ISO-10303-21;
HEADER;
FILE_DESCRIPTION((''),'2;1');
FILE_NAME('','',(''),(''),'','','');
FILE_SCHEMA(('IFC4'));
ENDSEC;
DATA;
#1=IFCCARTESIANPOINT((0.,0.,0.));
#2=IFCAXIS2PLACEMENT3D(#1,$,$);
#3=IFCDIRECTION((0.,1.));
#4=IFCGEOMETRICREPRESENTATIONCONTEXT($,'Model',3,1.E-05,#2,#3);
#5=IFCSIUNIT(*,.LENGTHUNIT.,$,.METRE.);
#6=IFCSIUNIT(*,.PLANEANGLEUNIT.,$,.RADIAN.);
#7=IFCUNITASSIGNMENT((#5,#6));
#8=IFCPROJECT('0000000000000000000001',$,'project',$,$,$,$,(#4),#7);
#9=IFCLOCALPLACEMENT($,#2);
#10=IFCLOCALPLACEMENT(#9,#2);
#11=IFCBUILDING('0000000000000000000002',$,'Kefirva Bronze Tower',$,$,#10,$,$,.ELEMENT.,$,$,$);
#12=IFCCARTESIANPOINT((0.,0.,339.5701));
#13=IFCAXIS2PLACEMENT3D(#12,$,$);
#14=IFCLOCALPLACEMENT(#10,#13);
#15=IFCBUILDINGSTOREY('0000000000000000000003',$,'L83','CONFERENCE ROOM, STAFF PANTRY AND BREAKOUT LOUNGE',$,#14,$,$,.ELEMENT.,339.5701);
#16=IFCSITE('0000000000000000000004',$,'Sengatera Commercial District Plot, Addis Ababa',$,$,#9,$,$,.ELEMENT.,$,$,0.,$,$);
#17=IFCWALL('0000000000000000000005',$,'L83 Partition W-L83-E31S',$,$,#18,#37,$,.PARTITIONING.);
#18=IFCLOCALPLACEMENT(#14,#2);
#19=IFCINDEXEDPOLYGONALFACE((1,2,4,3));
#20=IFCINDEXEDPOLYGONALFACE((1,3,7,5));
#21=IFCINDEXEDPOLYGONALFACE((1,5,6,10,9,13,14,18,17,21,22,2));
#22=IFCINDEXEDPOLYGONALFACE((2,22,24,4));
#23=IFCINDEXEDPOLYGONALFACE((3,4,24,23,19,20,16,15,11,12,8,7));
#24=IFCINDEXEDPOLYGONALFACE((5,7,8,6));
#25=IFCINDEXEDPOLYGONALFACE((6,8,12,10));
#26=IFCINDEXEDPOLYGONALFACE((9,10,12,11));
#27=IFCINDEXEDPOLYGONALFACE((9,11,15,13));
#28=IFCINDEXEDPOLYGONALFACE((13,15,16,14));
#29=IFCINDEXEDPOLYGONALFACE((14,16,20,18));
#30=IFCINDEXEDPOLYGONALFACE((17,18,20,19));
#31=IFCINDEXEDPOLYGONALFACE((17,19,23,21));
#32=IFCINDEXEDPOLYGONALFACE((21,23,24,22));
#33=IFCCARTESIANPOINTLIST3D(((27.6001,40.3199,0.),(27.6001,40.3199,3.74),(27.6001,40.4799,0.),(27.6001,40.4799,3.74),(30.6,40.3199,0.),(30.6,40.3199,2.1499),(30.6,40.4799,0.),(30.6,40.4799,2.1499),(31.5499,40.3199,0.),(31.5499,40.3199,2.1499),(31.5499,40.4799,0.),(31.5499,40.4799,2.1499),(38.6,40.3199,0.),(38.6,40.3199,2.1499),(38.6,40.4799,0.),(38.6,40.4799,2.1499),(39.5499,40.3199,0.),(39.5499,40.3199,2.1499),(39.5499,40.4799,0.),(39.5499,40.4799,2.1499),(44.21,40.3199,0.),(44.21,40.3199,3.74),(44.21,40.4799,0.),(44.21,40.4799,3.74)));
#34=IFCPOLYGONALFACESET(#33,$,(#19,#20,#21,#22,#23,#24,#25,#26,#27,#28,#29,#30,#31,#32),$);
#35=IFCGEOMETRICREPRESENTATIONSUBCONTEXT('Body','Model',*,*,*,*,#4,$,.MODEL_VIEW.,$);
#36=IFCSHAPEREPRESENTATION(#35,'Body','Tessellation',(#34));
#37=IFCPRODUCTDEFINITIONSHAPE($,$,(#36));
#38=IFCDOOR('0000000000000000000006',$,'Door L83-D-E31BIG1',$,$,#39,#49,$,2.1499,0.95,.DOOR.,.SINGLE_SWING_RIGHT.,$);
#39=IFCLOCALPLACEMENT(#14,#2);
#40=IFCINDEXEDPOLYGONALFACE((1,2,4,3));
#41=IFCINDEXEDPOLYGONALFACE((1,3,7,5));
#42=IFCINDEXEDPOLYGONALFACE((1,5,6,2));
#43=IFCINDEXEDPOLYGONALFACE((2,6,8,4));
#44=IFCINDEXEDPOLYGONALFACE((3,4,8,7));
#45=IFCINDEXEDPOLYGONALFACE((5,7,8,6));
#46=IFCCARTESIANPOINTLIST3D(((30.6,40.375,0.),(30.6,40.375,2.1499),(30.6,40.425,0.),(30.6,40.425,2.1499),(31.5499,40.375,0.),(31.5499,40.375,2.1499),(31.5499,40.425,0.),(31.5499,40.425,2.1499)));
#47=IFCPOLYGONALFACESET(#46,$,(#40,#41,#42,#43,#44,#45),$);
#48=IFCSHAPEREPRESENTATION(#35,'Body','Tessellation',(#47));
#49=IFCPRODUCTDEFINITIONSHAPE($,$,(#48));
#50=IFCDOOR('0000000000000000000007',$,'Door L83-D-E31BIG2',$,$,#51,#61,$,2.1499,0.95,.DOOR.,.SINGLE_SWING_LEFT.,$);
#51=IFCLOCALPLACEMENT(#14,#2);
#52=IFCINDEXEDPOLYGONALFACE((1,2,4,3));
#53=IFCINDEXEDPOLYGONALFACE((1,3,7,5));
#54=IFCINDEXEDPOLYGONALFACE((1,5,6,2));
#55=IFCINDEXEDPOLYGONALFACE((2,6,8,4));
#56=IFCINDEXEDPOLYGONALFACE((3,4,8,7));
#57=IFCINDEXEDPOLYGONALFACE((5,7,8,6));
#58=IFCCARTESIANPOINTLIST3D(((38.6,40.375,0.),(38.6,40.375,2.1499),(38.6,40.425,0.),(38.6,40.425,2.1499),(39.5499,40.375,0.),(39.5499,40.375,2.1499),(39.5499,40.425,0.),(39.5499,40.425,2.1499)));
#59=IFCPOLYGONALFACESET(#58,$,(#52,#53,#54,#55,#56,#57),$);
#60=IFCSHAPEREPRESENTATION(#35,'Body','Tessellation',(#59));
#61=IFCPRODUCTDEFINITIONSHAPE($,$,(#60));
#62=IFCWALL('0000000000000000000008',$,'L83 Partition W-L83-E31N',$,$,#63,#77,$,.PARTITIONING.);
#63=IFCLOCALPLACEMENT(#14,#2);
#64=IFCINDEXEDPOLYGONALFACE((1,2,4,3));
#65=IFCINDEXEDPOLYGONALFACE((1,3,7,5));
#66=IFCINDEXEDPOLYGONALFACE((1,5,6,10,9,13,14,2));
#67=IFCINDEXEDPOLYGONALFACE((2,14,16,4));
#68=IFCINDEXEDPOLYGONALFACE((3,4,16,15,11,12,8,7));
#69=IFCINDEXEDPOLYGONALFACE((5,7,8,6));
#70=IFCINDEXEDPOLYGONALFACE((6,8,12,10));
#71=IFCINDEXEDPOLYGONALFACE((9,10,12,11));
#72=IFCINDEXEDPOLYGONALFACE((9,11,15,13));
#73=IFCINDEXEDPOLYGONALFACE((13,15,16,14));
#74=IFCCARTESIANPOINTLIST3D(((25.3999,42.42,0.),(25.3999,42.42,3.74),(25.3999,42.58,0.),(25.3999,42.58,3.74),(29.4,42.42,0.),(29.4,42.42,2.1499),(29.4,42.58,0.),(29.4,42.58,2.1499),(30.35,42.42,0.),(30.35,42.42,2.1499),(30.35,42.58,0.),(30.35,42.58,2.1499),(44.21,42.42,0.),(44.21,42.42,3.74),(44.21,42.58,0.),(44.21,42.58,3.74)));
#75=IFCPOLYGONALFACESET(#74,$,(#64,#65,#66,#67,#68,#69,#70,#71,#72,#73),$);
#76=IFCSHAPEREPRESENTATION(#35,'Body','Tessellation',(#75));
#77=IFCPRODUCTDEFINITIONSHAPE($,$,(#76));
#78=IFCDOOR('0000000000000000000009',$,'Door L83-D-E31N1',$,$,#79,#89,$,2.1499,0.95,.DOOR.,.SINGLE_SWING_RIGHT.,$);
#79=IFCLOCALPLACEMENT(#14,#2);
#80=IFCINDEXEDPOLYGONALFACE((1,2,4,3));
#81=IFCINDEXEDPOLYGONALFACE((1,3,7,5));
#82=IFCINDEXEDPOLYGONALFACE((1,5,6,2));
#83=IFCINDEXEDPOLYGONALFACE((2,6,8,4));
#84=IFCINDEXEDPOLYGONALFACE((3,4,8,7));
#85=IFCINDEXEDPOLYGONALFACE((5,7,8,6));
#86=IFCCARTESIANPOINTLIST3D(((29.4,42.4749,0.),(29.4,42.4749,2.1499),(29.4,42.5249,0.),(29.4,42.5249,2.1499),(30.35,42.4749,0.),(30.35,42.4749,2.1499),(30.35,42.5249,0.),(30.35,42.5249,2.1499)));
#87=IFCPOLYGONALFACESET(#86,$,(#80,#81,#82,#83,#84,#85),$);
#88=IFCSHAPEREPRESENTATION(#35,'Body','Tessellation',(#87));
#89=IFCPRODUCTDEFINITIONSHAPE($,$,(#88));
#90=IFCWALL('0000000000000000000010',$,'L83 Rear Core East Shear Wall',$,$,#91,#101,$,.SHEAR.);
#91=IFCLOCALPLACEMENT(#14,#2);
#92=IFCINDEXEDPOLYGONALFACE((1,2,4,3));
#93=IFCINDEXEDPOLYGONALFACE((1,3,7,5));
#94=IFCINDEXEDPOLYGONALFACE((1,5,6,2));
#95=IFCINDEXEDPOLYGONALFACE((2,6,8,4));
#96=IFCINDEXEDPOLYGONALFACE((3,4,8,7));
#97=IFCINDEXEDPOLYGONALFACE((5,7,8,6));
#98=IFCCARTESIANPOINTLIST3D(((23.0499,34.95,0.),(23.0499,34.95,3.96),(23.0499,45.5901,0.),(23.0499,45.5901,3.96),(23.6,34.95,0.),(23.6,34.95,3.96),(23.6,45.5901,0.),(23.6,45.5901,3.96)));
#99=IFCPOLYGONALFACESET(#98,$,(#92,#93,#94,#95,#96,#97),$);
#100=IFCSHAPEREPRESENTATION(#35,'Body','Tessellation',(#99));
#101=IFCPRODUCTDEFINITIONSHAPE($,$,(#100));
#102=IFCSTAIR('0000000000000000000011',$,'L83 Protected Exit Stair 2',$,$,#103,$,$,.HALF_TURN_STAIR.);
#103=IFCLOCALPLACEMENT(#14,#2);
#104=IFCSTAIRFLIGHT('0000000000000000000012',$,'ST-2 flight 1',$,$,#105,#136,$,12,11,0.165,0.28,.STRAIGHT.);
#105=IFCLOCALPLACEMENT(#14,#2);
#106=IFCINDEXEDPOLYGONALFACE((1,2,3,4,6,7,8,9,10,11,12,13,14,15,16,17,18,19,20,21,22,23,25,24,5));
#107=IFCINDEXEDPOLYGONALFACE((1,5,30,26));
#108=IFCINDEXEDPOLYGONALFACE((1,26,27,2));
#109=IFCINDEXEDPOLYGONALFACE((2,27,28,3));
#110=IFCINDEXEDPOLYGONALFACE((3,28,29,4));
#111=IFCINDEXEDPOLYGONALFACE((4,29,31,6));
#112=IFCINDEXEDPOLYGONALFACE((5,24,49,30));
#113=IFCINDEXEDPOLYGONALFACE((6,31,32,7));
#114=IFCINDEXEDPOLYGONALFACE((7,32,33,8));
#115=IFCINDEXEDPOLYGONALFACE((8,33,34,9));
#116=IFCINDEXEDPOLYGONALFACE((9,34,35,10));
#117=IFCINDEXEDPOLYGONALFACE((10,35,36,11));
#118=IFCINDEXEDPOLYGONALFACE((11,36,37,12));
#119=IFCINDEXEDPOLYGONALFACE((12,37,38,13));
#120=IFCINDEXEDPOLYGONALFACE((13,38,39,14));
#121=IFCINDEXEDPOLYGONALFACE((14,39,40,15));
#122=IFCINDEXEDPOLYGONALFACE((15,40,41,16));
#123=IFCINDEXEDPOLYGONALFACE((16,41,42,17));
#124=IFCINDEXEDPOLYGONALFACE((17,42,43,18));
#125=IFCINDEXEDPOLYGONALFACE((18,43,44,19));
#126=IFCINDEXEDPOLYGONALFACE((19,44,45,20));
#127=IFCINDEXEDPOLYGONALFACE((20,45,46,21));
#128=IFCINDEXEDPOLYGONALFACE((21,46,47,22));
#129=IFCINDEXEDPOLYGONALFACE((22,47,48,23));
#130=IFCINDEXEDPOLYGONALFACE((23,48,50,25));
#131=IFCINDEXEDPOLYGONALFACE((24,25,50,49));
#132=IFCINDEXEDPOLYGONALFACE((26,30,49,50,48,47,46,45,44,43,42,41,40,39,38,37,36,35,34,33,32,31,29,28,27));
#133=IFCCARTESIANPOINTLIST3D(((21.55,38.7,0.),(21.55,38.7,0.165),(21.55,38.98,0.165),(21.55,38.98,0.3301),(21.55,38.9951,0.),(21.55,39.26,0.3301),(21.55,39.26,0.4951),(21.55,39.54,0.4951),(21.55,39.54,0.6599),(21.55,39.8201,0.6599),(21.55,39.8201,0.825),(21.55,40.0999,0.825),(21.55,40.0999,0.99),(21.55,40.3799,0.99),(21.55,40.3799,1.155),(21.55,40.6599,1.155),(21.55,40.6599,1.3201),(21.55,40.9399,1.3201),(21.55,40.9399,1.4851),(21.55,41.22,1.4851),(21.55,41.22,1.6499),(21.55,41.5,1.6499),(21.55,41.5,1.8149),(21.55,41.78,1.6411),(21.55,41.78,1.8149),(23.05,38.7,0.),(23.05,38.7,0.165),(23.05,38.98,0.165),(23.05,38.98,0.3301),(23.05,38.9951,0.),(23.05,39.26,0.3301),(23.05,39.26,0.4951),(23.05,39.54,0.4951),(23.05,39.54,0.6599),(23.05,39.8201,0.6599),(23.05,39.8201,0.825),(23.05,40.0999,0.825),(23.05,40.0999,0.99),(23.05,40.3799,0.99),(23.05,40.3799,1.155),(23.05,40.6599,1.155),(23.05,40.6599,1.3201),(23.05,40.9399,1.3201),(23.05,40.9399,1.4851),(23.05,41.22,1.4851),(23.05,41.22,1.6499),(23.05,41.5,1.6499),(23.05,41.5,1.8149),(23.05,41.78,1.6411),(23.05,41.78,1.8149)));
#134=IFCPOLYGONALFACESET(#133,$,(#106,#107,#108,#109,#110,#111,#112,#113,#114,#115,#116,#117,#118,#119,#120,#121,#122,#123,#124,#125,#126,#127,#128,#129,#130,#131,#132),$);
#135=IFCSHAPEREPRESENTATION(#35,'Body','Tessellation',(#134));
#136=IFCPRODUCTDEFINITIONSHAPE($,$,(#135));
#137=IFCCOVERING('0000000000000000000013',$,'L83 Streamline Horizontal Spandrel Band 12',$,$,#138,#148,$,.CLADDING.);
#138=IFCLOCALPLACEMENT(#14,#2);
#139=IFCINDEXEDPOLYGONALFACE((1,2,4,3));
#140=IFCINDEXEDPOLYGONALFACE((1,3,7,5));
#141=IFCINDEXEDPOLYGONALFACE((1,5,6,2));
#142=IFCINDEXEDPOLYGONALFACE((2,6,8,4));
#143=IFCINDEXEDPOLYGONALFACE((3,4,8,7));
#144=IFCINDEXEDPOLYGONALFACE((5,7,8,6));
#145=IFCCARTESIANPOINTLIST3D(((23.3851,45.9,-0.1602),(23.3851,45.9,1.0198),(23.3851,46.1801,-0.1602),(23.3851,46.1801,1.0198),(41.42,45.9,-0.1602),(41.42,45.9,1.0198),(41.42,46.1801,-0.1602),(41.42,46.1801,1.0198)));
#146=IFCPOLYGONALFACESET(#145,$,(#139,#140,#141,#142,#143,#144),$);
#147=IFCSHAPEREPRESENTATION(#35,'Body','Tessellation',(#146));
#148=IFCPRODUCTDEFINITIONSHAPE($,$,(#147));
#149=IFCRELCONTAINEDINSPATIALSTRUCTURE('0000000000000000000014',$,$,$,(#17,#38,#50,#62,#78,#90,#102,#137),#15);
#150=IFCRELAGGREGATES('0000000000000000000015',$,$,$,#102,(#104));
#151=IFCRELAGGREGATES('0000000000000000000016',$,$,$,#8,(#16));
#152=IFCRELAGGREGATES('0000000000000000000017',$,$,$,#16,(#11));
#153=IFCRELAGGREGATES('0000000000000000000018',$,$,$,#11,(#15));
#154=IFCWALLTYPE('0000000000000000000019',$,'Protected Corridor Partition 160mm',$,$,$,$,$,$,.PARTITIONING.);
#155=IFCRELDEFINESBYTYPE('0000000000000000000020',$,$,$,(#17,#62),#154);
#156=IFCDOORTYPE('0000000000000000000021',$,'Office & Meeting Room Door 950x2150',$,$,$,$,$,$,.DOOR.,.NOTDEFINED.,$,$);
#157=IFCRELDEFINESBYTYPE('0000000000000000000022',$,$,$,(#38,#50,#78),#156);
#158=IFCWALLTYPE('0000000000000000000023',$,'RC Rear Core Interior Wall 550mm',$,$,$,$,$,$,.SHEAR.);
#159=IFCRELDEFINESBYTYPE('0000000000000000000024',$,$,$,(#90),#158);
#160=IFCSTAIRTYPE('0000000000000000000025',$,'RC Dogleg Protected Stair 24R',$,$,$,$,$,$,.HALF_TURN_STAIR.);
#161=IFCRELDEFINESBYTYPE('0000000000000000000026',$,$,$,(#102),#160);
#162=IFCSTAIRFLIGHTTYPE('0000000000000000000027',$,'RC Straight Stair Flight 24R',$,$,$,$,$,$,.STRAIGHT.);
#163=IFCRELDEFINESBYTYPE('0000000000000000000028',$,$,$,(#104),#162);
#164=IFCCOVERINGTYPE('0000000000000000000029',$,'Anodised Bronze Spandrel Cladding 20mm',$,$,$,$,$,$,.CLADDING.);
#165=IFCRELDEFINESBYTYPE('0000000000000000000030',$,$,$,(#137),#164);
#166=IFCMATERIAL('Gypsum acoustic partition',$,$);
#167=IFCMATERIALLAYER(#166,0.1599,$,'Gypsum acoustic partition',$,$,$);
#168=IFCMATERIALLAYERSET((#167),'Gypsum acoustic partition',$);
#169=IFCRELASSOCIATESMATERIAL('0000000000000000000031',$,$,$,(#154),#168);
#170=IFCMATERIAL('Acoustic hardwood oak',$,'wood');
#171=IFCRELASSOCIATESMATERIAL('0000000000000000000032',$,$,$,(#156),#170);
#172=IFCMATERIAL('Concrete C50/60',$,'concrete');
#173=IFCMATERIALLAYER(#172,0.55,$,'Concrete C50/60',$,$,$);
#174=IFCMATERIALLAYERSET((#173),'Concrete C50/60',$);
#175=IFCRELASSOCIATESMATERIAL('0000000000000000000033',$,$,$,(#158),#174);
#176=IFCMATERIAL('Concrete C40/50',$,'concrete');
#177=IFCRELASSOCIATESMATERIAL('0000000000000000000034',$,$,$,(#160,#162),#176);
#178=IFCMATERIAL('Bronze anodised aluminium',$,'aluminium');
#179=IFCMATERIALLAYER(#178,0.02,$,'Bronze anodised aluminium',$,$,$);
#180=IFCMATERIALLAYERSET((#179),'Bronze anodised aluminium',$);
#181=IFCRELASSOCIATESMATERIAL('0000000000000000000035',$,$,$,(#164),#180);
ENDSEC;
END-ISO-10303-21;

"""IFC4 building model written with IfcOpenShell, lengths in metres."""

from ifc_helpers import new_model, si_unit, direction, frame, frame_2d, origin, origin_2d, place, context, subcontext, project, spatial, polyline, rectangle, outline, extrude, material, layer, layer_set, type_object, element, fill, aggregate, save


model = new_model("IFC4")

# Units and contexts
model_context = context("Model", 3, precision=1e-05, world=origin(), true_north=direction((0.0, 1.0)))
body_context = subcontext(model_context, "Body", "Model", "MODEL_VIEW")
ifc_project = project(units=[si_unit("LENGTHUNIT", "METRE"), si_unit("PLANEANGLEUNIT", "RADIAN")], contexts=[model_context])

# Site, building, storey
site_placement = place(None, origin())
site = spatial("IfcSite", under=ifc_project, at=site_placement, Name="Sengatera Commercial District Plot, Addis Ababa", CompositionType="ELEMENT", RefElevation=0.0)
building_placement = place(site_placement, origin())
building = spatial("IfcBuilding", under=site, at=building_placement, Name="Kefirva Bronze Tower", CompositionType="ELEMENT")
storey_placement = place(building_placement, frame((0.0, 0.0, 339.5701)))
storey = spatial("IfcBuildingStorey", under=building, at=storey_placement, Name="L83", Description="CONFERENCE ROOM, STAFF PANTRY AND BREAKOUT LOUNGE", CompositionType="ELEMENT", Elevation=339.5701)

# Shared definitions
ifc_material_1 = material(Name="Concrete C50/60", Category="concrete")

# Shared definitions
ifc_material_2 = material(Name="Bronze anodised aluminium", Category="aluminium")

# Wall, openings, doors
ifc_material_3 = material(Name="Gypsum acoustic partition")
ifc_layer_1 = layer(ifc_material_3, 0.1599, Name="Gypsum acoustic partition")
ifc_layer_set_1 = layer_set([ifc_layer_1], Name="Gypsum acoustic partition")
wall_type_1 = type_object("IfcWallType", Name="Protected Corridor Partition 160mm", PredefinedType="PARTITIONING", material=ifc_layer_set_1)
wall_1_placement = place(storey_placement, frame((27.6001, 40.3999, 0.0), z_axis=(0.0, 0.0, 1.0), x_axis=(1.0, 0.0, 0.0)))
wall_1 = element("IfcWall", 1, at=wall_1_placement, inside=storey, type_object=wall_type_1, Name="L83 Partition W-L83-E31S", PredefinedType="PARTITIONING", context=body_context, shape_type="SweptSolid", body=[
    extrude(rectangle(XDim=16.6099, YDim=0.1599, at=frame_2d((8.3049, 0.0))), origin(), (0.0, 0.0, 1.0), 3.74),
])
opening_1_placement = place(wall_1_placement, frame((3.95, 0.0, 0.0), z_axis=(0.0, 0.0, 1.0), x_axis=(-1.0, 0.0, 0.0)))
opening_1 = element("IfcOpeningElement", 2, at=opening_1_placement, cuts=wall_1, PredefinedType="OPENING", context=body_context, shape_type="SweptSolid", body=[
    extrude(rectangle(XDim=0.95, YDim=2.1499, at=frame_2d((0.4751, 1.075))), frame((0.0, 0.0898, 0.0), z_axis=(0.0, -1.0, 0.0), x_axis=(1.0, 0.0, 0.0)), (0.0, 0.0, 1.0), 0.1799),
])
opening_2_placement = place(wall_1_placement, frame((11.95, 0.0, 0.0), z_axis=(0.0, 0.0, 1.0), x_axis=(-1.0, 0.0, 0.0)))
opening_2 = element("IfcOpeningElement", 3, at=opening_2_placement, cuts=wall_1, PredefinedType="OPENING", context=body_context, shape_type="SweptSolid", body=[
    extrude(rectangle(XDim=0.95, YDim=2.1499, at=frame_2d((0.4751, 1.075))), frame((0.0, 0.0898, 0.0), z_axis=(0.0, -1.0, 0.0), x_axis=(1.0, 0.0, 0.0)), (0.0, 0.0, 1.0), 0.1799),
])
ifc_material_4 = material(Name="Acoustic hardwood oak", Category="wood")
door_type = type_object("IfcDoorType", Name="Office & Meeting Room Door 950x2150", OperationType="NOTDEFINED", PredefinedType="DOOR", material=ifc_material_4)
door_1_placement = place(opening_1_placement, origin())
door_1 = element("IfcDoor", 4, at=door_1_placement, inside=storey, type_object=door_type, Name="Door L83-D-E31BIG1", OperationType="SINGLE_SWING_RIGHT", OverallHeight=2.1499, OverallWidth=0.95, PredefinedType="DOOR", context=body_context, shape_type="SweptSolid", body=[
    extrude(rectangle(XDim=0.95, YDim=2.1499, at=frame_2d((0.4751, 1.075))), frame((0.0, 0.0249, 0.0), z_axis=(0.0, -1.0, 0.0), x_axis=(1.0, 0.0, 0.0)), (0.0, 0.0, 1.0), 0.05),
])
fill(opening_1, door_1)
door_2_placement = place(opening_2_placement, origin())
door_2 = element("IfcDoor", 5, at=door_2_placement, inside=storey, type_object=door_type, Name="Door L83-D-E31BIG2", OperationType="SINGLE_SWING_LEFT", OverallHeight=2.1499, OverallWidth=0.95, PredefinedType="DOOR", context=body_context, shape_type="SweptSolid", body=[
    extrude(rectangle(XDim=0.95, YDim=2.1499, at=frame_2d((0.4751, 1.075))), frame((0.0, 0.0249, 0.0), z_axis=(0.0, -1.0, 0.0), x_axis=(1.0, 0.0, 0.0)), (0.0, 0.0, 1.0), 0.05),
])
fill(opening_2, door_2)

# Wall, opening, door
wall_2_placement = place(storey_placement, frame((25.3999, 42.5, 0.0), z_axis=(0.0, 0.0, 1.0), x_axis=(1.0, 0.0, 0.0)))
wall_2 = element("IfcWall", 6, at=wall_2_placement, inside=storey, type_object=wall_type_1, Name="L83 Partition W-L83-E31N", PredefinedType="PARTITIONING", context=body_context, shape_type="SweptSolid", body=[
    extrude(rectangle(XDim=18.8101, YDim=0.1599, at=frame_2d((9.405, 0.0))), origin(), (0.0, 0.0, 1.0), 3.74),
])
opening_3_placement = place(wall_2_placement, frame((4.0, 0.0, 0.0)))
opening_3 = element("IfcOpeningElement", 7, at=opening_3_placement, cuts=wall_2, PredefinedType="OPENING", context=body_context, shape_type="SweptSolid", body=[
    extrude(rectangle(XDim=0.95, YDim=2.1499, at=frame_2d((0.4751, 1.075))), frame((0.0, 0.0898, 0.0), z_axis=(0.0, -1.0, 0.0), x_axis=(1.0, 0.0, 0.0)), (0.0, 0.0, 1.0), 0.1799),
])
door_3_placement = place(opening_3_placement, origin())
door_3 = element("IfcDoor", 8, at=door_3_placement, inside=storey, type_object=door_type, Name="Door L83-D-E31N1", OperationType="SINGLE_SWING_RIGHT", OverallHeight=2.1499, OverallWidth=0.95, PredefinedType="DOOR", context=body_context, shape_type="SweptSolid", body=[
    extrude(rectangle(XDim=0.95, YDim=2.1499, at=frame_2d((0.4751, 1.075))), frame((0.0, 0.0249, 0.0), z_axis=(0.0, -1.0, 0.0), x_axis=(1.0, 0.0, 0.0)), (0.0, 0.0, 1.0), 0.05),
])
fill(opening_3, door_3)

# Wall
ifc_layer_2 = layer(ifc_material_1, 0.55, Name="Concrete C50/60")
ifc_layer_set_2 = layer_set([ifc_layer_2], Name="Concrete C50/60")
wall_type_2 = type_object("IfcWallType", Name="RC Rear Core Interior Wall 550mm", PredefinedType="SHEAR", material=ifc_layer_set_2)
wall_3_placement = place(storey_placement, frame((23.325, 34.95, 0.0), z_axis=(0.0, 0.0, 1.0), x_axis=(0.0, 1.0, 0.0)))
element("IfcWall", 9, at=wall_3_placement, inside=storey, type_object=wall_type_2, Name="L83 Rear Core East Shear Wall", PredefinedType="SHEAR", context=body_context, shape_type="SweptSolid", body=[
    extrude(rectangle(XDim=10.6401, YDim=0.55, at=frame_2d((5.3201, 0.0))), origin(), (0.0, 0.0, 1.0), 3.96),
])

# Stair, stair flight
ifc_material_5 = material(Name="Concrete C40/50", Category="concrete")
stair_type = type_object("IfcStairType", Name="RC Dogleg Protected Stair 24R", PredefinedType="HALF_TURN_STAIR", material=ifc_material_5)
stair_placement = place(storey_placement, origin())
stair = element("IfcStair", 10, at=stair_placement, inside=storey, type_object=stair_type, Name="L83 Protected Exit Stair 2", PredefinedType="HALF_TURN_STAIR")
stair_flight_type = type_object("IfcStairFlightType", Name="RC Straight Stair Flight 24R", PredefinedType="STRAIGHT", material=ifc_material_5)
stair_flight_placement = place(storey_placement, frame((22.3, 38.7, 0.0), z_axis=(0.0, 0.0, 1.0), x_axis=(0.0, 1.0, 0.0)))
stair_flight = element("IfcStairFlight", 11, at=stair_flight_placement, type_object=stair_flight_type, Name="ST-2 flight 1", NumberOfRisers=12, NumberOfTreads=11, PredefinedType="STRAIGHT", RiserHeight=0.165, TreadLength=0.28, context=body_context, shape_type="SweptSolid", body=[
    extrude(outline(polyline([(0.0, 0.0), (0.0, 0.165), (0.28, 0.165), (0.28, 0.3301), (0.5601, 0.3301), (0.5601, 0.4951), (0.8401, 0.4951), (0.8401, 0.6599), (1.1201, 0.6599), (1.1201, 0.825), (1.3999, 0.825), (1.3999, 0.99), (1.6799, 0.99), (1.6799, 1.155), (1.96, 1.155), (1.96, 1.3201), (2.24, 1.3201), (2.24, 1.4851), (2.52, 1.4851), (2.52, 1.6499), (2.8, 1.6499), (2.8, 1.8149), (3.0801, 1.8149), (3.0801, 1.98), (3.0801, 1.6411), (0.2952, 0.0), (0.0, 0.0)])), frame((0.0, 0.75, 0.0), z_axis=(0.0, -1.0, 0.0), x_axis=(1.0, 0.0, 0.0)), (0.0, 0.0, 1.0), 1.5),
])
aggregate(stair, [stair_flight])

# Covering
ifc_layer_3 = layer(ifc_material_2, 0.02, Name="Bronze anodised aluminium")
ifc_layer_set_3 = layer_set([ifc_layer_3], Name="Bronze anodised aluminium")
covering_type_1 = type_object("IfcCoveringType", Name="Anodised Bronze Spandrel Cladding 20mm", PredefinedType="CLADDING", material=ifc_layer_set_3)
covering_1_placement = place(storey_placement, frame((32.4026, 46.04, -0.1602), z_axis=(0.0, 0.0, 1.0), x_axis=(-1.0, 0.0, 0.0)))
element("IfcCovering", 12, at=covering_1_placement, inside=storey, type_object=covering_type_1, Name="L83 Streamline Horizontal Spandrel Band 12", PredefinedType="CLADDING", context=body_context, shape_type="SweptSolid", body=[
    extrude(rectangle(XDim=18.0349, YDim=0.28, at=origin_2d()), origin(), (0.0, 0.0, 1.0), 1.1799),
])

save(model, "model.ifc")
